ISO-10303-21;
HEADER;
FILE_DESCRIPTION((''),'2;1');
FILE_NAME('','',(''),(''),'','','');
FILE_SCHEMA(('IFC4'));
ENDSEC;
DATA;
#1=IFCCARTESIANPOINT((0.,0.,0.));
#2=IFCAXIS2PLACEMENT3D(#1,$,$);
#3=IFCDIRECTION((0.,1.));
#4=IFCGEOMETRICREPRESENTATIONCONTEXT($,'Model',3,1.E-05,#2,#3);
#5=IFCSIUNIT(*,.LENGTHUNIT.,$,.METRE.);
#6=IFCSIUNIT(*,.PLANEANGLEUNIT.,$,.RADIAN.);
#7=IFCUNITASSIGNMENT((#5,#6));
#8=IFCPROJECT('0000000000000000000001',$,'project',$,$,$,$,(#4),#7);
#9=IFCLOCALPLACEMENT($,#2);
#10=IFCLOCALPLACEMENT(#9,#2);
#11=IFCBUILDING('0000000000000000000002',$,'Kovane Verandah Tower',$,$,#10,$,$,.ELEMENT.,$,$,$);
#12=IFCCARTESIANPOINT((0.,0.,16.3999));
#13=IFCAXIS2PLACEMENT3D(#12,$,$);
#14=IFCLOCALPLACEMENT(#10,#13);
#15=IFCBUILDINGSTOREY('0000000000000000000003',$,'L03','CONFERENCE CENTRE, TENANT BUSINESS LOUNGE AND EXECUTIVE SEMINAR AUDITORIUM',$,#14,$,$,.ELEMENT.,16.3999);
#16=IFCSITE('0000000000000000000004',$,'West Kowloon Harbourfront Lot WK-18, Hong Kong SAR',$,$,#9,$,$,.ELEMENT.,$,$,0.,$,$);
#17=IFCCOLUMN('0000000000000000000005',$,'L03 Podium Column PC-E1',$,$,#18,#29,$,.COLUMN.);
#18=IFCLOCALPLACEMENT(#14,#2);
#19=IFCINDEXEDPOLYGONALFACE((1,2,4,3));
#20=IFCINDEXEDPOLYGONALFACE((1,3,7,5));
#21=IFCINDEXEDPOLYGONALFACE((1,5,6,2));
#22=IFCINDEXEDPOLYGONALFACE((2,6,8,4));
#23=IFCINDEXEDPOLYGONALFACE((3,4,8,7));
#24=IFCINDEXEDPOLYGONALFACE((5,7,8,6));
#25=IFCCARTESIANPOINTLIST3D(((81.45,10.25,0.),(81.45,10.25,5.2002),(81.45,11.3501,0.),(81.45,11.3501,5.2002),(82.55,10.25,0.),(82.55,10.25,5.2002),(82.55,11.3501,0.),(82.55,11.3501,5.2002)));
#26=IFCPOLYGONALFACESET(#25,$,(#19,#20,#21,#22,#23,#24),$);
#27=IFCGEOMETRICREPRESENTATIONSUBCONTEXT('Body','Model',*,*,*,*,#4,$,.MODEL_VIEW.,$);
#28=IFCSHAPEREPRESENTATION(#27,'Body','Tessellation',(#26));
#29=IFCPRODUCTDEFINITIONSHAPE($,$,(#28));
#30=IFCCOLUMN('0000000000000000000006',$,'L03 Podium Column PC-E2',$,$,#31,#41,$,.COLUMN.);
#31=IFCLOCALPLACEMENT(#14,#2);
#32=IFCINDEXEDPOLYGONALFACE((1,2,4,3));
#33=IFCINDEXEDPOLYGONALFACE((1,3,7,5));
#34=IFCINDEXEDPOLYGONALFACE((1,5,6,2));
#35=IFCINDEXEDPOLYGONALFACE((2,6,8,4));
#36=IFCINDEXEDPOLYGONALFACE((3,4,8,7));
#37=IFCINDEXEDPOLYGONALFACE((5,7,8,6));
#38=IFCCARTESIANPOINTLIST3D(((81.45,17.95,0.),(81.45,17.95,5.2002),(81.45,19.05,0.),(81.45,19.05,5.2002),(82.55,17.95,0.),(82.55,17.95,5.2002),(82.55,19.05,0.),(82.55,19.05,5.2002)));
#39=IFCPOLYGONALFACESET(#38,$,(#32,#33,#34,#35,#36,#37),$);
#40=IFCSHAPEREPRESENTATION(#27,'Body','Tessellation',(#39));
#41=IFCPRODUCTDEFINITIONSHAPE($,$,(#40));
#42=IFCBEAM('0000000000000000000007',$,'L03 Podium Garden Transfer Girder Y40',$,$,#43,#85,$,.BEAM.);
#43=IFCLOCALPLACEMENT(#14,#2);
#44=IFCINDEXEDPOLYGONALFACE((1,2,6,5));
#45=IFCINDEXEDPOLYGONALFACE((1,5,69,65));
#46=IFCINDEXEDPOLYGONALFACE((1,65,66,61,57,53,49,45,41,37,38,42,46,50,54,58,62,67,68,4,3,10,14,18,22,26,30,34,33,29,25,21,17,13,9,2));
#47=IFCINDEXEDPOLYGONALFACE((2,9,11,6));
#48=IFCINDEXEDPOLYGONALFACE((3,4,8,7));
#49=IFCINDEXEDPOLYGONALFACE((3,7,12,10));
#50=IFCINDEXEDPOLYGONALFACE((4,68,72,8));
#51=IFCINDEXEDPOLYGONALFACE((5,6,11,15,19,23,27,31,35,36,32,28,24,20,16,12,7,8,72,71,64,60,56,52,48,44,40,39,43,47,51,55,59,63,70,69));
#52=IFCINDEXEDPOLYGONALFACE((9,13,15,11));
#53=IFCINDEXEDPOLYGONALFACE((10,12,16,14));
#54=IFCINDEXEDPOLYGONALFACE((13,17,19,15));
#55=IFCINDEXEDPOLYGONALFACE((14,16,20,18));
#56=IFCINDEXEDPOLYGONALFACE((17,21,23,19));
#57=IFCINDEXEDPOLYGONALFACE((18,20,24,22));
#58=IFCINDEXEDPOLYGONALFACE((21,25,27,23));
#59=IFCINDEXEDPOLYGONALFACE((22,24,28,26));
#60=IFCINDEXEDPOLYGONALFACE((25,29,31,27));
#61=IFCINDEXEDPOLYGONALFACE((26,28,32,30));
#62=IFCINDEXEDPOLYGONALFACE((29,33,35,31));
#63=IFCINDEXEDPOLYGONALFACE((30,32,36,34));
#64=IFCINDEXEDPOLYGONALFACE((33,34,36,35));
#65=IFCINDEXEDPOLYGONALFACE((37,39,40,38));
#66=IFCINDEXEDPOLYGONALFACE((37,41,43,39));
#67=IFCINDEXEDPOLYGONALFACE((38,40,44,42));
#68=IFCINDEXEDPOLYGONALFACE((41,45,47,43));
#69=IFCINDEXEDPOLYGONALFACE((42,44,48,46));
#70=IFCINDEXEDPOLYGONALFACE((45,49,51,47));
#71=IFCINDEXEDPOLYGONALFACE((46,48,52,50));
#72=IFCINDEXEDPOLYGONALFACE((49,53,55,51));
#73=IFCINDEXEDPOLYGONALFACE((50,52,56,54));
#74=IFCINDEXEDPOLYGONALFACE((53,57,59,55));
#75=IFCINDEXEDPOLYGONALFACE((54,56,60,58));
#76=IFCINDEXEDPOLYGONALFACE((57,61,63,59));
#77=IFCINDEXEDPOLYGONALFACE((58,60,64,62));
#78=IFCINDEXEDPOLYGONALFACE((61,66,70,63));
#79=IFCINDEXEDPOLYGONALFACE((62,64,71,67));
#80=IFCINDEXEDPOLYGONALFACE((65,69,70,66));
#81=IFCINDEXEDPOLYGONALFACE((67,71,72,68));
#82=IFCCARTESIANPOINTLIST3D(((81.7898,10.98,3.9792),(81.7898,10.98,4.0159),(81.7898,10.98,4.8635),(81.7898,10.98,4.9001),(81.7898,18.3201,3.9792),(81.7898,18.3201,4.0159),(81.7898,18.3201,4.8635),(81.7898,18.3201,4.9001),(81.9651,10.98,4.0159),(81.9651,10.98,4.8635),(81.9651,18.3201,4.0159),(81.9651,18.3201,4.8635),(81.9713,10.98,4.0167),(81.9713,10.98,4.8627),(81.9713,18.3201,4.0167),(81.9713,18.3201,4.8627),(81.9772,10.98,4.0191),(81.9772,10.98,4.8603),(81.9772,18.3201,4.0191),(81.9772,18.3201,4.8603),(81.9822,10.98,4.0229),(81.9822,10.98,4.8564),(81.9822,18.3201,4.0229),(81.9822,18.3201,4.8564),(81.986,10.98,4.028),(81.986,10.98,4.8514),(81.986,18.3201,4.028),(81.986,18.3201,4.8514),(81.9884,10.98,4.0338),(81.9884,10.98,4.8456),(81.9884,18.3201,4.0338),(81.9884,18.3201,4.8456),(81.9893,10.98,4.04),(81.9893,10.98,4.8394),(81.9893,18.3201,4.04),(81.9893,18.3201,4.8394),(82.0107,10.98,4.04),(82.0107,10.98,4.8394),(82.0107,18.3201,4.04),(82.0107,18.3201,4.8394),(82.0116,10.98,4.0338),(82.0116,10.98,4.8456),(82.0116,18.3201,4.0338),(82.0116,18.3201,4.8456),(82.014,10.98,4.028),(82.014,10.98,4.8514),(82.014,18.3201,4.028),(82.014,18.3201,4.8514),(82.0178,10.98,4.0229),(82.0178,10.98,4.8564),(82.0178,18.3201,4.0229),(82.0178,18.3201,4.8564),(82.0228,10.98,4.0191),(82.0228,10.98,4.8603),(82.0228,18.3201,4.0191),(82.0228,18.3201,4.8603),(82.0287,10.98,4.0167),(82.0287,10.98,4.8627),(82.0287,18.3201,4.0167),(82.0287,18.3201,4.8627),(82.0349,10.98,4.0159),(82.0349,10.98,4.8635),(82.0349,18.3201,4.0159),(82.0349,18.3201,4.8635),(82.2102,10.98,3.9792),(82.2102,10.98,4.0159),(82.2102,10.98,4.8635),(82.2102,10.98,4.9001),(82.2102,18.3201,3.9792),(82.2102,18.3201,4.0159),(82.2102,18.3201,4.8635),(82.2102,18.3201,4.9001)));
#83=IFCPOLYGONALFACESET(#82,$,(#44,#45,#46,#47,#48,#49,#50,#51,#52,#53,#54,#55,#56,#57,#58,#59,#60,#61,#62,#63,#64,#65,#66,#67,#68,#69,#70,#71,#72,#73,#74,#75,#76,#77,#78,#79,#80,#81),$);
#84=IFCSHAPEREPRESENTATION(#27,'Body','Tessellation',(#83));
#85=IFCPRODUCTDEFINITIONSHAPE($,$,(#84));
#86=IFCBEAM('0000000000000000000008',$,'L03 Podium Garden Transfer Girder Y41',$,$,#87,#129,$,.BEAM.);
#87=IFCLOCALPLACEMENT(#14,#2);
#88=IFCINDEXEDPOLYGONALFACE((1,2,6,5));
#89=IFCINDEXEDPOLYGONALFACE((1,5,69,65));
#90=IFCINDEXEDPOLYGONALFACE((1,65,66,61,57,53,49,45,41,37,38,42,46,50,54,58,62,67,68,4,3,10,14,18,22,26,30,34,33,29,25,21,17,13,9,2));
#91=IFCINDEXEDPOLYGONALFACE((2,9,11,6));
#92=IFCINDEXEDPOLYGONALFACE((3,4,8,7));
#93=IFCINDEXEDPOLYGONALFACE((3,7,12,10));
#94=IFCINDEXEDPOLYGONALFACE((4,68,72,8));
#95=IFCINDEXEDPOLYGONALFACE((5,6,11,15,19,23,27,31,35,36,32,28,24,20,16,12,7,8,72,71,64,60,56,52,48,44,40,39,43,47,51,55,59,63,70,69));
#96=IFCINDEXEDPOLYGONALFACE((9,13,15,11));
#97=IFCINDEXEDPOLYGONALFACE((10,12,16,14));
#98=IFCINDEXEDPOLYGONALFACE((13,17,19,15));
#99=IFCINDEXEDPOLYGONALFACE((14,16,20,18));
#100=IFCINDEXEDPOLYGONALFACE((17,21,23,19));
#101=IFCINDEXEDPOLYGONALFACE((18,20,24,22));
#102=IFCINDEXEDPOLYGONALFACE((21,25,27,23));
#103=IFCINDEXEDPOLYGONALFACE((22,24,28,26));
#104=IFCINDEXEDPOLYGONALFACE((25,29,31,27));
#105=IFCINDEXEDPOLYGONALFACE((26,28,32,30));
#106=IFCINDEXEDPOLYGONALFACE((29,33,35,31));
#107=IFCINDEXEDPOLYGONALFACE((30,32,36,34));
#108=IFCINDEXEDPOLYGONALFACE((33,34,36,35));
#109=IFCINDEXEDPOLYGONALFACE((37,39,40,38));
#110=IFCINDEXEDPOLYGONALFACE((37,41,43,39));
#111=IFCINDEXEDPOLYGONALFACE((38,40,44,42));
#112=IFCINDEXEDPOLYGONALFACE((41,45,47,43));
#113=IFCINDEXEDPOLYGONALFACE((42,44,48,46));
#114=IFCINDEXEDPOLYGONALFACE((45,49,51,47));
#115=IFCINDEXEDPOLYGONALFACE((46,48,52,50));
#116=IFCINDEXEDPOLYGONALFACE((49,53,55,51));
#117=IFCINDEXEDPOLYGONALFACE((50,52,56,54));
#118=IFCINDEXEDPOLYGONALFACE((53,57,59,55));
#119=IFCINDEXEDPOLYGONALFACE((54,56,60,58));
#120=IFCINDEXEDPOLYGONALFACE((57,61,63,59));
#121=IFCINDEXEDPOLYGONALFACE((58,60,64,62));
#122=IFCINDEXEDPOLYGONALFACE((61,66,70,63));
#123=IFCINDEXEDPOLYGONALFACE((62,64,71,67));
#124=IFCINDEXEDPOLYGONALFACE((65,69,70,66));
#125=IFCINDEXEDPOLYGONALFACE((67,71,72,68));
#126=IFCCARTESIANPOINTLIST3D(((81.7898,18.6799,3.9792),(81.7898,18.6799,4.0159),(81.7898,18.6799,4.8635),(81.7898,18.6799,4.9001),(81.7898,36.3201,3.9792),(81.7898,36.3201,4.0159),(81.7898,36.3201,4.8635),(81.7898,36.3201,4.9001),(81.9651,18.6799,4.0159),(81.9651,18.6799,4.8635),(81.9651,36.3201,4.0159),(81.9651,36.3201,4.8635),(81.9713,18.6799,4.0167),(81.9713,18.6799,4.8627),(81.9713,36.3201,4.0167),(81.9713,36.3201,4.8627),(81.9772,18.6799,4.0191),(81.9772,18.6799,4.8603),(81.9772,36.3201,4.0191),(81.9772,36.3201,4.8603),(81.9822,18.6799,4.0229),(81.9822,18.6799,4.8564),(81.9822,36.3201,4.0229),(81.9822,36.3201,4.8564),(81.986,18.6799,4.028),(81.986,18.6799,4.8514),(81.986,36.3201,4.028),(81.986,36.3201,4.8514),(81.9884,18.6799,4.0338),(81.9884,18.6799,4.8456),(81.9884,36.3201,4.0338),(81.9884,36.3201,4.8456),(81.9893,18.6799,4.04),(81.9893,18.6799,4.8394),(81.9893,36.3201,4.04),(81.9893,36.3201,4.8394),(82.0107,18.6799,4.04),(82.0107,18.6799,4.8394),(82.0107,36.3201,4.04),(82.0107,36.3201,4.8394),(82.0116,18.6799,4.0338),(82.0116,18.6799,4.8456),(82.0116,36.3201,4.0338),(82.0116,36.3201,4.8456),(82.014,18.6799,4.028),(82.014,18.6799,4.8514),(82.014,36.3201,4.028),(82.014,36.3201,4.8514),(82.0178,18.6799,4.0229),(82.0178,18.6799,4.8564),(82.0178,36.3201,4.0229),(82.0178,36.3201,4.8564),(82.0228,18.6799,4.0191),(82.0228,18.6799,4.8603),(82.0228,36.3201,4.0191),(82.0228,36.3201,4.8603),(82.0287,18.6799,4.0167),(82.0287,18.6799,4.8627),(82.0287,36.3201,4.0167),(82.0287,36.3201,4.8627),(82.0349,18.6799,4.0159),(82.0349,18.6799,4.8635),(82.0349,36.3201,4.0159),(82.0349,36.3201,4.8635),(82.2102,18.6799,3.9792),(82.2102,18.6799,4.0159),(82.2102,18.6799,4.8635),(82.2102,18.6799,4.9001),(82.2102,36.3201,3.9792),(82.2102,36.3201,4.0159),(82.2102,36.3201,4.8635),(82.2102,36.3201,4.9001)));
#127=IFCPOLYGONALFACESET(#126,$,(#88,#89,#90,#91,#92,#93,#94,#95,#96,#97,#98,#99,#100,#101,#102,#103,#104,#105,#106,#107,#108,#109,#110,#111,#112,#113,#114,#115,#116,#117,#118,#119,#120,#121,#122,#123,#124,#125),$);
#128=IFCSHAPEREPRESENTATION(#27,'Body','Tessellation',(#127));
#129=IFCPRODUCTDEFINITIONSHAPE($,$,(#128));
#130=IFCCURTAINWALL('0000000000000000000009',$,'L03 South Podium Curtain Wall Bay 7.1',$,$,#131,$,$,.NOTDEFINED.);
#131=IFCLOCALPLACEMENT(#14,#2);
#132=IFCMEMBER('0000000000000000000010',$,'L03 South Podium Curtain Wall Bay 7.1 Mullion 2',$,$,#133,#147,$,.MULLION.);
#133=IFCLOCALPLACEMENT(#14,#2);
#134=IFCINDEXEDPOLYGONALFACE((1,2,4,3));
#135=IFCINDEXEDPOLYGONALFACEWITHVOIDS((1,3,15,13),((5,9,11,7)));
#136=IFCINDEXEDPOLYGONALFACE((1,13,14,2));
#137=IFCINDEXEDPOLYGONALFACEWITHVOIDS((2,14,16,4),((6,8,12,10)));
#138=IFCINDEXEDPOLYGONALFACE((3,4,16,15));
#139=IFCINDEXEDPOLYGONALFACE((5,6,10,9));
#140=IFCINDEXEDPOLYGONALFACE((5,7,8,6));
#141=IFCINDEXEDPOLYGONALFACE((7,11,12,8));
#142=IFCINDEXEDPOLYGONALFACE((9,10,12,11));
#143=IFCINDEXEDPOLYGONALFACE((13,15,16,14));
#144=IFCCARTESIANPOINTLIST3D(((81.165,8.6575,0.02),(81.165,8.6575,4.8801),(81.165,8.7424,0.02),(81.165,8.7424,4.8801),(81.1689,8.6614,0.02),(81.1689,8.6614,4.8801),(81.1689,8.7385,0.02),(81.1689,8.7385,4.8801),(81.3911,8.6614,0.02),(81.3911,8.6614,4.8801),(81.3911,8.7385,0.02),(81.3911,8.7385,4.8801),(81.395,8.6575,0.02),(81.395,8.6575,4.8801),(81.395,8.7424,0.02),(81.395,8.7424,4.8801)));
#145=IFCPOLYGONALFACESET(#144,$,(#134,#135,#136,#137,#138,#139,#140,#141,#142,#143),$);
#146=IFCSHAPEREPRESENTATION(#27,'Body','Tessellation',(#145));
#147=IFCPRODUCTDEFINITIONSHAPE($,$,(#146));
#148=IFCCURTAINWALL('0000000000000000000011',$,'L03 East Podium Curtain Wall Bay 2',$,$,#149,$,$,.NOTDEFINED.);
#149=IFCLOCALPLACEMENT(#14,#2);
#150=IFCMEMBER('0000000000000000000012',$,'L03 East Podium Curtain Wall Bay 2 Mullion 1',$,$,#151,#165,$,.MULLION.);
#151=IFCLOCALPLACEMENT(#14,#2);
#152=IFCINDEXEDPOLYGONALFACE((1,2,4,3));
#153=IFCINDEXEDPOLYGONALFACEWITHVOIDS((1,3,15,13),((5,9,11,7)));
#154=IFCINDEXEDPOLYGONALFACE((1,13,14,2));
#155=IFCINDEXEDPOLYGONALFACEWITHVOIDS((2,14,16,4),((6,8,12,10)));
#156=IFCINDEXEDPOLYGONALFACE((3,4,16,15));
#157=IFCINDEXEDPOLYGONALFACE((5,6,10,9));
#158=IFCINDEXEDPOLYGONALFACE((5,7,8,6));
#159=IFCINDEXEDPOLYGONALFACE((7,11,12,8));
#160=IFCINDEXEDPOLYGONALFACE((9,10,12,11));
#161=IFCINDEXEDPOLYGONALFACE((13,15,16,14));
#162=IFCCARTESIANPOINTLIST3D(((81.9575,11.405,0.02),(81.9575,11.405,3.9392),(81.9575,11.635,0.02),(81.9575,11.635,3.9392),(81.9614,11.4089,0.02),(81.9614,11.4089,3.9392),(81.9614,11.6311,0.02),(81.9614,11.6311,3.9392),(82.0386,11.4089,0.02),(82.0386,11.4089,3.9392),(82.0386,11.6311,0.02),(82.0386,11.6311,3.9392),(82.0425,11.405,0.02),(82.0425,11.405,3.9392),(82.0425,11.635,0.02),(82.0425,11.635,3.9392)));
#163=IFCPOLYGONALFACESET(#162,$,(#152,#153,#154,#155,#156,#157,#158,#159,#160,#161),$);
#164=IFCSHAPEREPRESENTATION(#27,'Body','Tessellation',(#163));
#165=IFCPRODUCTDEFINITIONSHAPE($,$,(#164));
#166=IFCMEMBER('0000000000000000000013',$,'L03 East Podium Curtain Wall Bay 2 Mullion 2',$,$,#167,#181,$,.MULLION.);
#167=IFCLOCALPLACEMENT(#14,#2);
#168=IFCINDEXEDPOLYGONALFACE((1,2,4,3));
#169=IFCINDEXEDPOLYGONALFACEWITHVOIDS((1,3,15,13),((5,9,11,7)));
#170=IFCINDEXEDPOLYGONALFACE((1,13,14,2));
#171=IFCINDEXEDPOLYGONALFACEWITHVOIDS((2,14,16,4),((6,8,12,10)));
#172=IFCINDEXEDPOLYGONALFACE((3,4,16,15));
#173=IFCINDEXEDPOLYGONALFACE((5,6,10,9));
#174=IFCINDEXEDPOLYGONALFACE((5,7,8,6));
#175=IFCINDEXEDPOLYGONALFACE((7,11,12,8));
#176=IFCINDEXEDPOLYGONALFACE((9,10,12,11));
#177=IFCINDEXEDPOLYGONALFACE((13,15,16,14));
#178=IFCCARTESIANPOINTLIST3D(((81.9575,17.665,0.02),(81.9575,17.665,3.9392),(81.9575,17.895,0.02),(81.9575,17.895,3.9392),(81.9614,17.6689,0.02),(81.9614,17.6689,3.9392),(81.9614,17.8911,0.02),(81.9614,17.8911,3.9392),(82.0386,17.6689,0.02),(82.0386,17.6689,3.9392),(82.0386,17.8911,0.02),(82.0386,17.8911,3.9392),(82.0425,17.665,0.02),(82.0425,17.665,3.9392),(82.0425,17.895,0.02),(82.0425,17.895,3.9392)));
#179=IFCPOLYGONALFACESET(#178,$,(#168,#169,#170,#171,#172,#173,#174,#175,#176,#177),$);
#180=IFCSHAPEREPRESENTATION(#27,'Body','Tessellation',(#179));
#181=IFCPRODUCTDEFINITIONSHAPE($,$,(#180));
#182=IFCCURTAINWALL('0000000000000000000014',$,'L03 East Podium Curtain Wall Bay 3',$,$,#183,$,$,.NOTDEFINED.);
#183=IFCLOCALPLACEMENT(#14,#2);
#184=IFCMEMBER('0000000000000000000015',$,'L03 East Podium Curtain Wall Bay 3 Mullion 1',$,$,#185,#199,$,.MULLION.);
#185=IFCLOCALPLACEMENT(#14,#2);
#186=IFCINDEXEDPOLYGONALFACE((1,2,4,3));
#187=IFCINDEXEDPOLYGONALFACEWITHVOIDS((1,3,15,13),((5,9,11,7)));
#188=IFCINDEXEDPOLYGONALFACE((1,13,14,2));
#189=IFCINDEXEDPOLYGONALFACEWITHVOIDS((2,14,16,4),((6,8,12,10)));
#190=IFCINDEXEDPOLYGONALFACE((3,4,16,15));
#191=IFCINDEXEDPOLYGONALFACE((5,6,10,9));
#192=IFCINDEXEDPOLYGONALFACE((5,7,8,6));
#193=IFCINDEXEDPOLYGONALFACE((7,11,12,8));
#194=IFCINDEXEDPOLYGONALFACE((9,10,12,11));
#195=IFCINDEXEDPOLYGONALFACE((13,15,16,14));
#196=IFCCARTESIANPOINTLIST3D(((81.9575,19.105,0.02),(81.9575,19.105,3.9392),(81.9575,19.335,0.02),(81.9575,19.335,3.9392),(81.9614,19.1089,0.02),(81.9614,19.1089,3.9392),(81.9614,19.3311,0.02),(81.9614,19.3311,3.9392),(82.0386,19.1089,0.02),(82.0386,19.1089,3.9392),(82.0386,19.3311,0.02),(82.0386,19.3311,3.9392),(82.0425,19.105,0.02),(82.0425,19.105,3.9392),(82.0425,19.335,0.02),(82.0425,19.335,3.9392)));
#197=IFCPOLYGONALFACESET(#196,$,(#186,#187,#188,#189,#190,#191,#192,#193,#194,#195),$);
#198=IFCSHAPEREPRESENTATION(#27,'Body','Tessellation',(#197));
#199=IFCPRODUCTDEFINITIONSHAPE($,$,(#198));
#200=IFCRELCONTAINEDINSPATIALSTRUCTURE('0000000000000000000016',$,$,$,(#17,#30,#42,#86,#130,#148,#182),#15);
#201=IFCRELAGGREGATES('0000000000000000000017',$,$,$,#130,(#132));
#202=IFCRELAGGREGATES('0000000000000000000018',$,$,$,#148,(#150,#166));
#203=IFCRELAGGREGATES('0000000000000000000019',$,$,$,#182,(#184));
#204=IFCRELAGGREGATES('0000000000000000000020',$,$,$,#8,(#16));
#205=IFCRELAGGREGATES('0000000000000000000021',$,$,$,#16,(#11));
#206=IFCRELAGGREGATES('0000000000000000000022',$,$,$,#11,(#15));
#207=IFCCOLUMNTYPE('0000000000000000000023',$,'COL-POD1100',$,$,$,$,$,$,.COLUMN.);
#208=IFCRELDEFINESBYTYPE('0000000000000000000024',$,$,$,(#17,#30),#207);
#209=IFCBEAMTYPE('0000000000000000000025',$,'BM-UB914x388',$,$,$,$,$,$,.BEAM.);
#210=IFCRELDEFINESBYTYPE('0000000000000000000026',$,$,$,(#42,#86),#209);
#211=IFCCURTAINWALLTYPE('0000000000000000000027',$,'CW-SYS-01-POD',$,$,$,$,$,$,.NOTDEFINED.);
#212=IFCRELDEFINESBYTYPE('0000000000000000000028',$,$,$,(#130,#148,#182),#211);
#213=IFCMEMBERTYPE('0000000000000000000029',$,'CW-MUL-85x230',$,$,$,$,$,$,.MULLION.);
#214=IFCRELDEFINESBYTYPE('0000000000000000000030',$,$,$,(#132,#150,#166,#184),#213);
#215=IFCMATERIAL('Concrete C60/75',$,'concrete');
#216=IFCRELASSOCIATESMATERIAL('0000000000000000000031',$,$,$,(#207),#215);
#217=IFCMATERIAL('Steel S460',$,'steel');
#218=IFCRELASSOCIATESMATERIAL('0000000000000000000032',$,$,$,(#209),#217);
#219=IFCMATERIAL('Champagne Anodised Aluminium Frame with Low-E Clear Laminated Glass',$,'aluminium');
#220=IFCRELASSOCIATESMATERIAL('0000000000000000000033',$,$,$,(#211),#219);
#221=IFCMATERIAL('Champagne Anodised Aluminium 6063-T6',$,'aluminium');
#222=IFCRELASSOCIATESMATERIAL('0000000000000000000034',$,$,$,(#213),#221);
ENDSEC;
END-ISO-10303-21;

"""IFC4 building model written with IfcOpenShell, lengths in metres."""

from ifc_helpers import new_model, si_unit, direction, frame, origin, origin_2d, place, context, subcontext, project, spatial, rectangle, hollow_rectangle, i_section, extrude, material, material_profile, profile_set, type_object, element, aggregate, save


model = new_model("IFC4")

# Units and contexts
model_context = context("Model", 3, precision=1e-05, world=origin(), true_north=direction((0.0, 1.0)))
body_context = subcontext(model_context, "Body", "Model", "MODEL_VIEW")
ifc_project = project(units=[si_unit("LENGTHUNIT", "METRE"), si_unit("PLANEANGLEUNIT", "RADIAN")], contexts=[model_context])

# Site, building, storey
site_placement = place(None, origin())
site = spatial("IfcSite", under=ifc_project, at=site_placement, Name="West Kowloon Harbourfront Lot WK-18, Hong Kong SAR", CompositionType="ELEMENT", RefElevation=0.0)
building_placement = place(site_placement, origin())
building = spatial("IfcBuilding", under=site, at=building_placement, Name="Kovane Verandah Tower", CompositionType="ELEMENT")
storey_placement = place(building_placement, frame((0.0, 0.0, 16.3999)))
storey = spatial("IfcBuildingStorey", under=building, at=storey_placement, Name="L03", Description="CONFERENCE CENTRE, TENANT BUSINESS LOUNGE AND EXECUTIVE SEMINAR AUDITORIUM", CompositionType="ELEMENT", Elevation=16.3999)

# Columns
ifc_material_1 = material(Name="Concrete C60/75", Category="concrete")
ifc_material_profile_1 = material_profile(ifc_material_1, rectangle(XDim=1.1001, YDim=1.1001, at=origin_2d()), Name="RC1100x1100")
ifc_profile_set_1 = profile_set([ifc_material_profile_1], Name="Concrete C60/75")
column_type = type_object("IfcColumnType", Name="COL-POD1100", PredefinedType="COLUMN", material=ifc_profile_set_1)
for number, where, z_axis, x_axis, name in (
    (1, (82.0, 10.8, 0.0), (0.0, 0.0, 1.0), (1.0, 0.0, 0.0), "L03 Podium Column PC-E1"),
    (2, (82.0, 18.5, 0.0), (0.0, 0.0, 1.0), (1.0, 0.0, 0.0), "L03 Podium Column PC-E2"),
):
    element("IfcColumn", number, at=place(storey_placement, frame(where, z_axis=z_axis, x_axis=x_axis)), inside=storey, type_object=column_type, Name=name, PredefinedType="COLUMN", context=body_context, shape_type="SweptSolid", body=[
        extrude(rectangle(XDim=1.1001, YDim=1.1001, at=origin_2d()), origin(), (0.0, 0.0, 1.0), 5.2002),
    ])

# Beams
ifc_material_2 = material(Name="Steel S460", Category="steel")
ifc_material_profile_2 = material_profile(ifc_material_2, i_section(OverallWidth=0.4204, OverallDepth=0.9209, WebThickness=0.0215, FlangeThickness=0.0366, FilletRadius=0.0242, at=origin_2d()), Name="UB914x419x388")
ifc_profile_set_2 = profile_set([ifc_material_profile_2], Name="Steel S460")
beam_type = type_object("IfcBeamType", Name="BM-UB914x388", PredefinedType="BEAM", material=ifc_profile_set_2)
beam_1_placement = place(storey_placement, frame((82.0, 10.98, 4.4397), z_axis=(0.0, 1.0, 0.0), x_axis=(-1.0, 0.0, 0.0)))
element("IfcBeam", 3, at=beam_1_placement, inside=storey, type_object=beam_type, Name="L03 Podium Garden Transfer Girder Y40", PredefinedType="BEAM", context=body_context, shape_type="SweptSolid", body=[
    extrude(i_section(OverallWidth=0.4204, OverallDepth=0.9209, WebThickness=0.0215, FlangeThickness=0.0366, FilletRadius=0.0242, at=origin_2d()), origin(), (0.0, 0.0, 1.0), 7.3401),
])
beam_2_placement = place(storey_placement, frame((82.0, 18.6799, 4.4397), z_axis=(0.0, 1.0, 0.0), x_axis=(-1.0, 0.0, 0.0)))
element("IfcBeam", 4, at=beam_2_placement, inside=storey, type_object=beam_type, Name="L03 Podium Garden Transfer Girder Y41", PredefinedType="BEAM", context=body_context, shape_type="SweptSolid", body=[
    extrude(i_section(OverallWidth=0.4204, OverallDepth=0.9209, WebThickness=0.0215, FlangeThickness=0.0366, FilletRadius=0.0242, at=origin_2d()), origin(), (0.0, 0.0, 1.0), 17.6401),
])

# Curtain wall, member
ifc_material_3 = material(Name="Champagne Anodised Aluminium Frame with Low-E Clear Laminated Glass", Category="aluminium")
curtain_wall_type = type_object("IfcCurtainWallType", Name="CW-SYS-01-POD", PredefinedType="NOTDEFINED", material=ifc_material_3)
curtain_wall_1_placement = place(storey_placement, origin())
curtain_wall_1 = element("IfcCurtainWall", 5, at=curtain_wall_1_placement, inside=storey, type_object=curtain_wall_type, Name="L03 South Podium Curtain Wall Bay 7.1", PredefinedType="NOTDEFINED")
ifc_material_4 = material(Name="Champagne Anodised Aluminium 6063-T6", Category="aluminium")
ifc_material_profile_3 = material_profile(ifc_material_4, hollow_rectangle(XDim=0.085, YDim=0.23, WallThickness=0.0039, at=origin_2d()), Name="AL85x230x4")
ifc_profile_set_3 = profile_set([ifc_material_profile_3], Name="Champagne Anodised Aluminium 6063-T6")
member_type_1 = type_object("IfcMemberType", Name="CW-MUL-85x230", PredefinedType="MULLION", material=ifc_profile_set_3)
member_1_placement = place(storey_placement, frame((81.28, 8.7, 0.02), z_axis=(0.0, 0.0, 1.0), x_axis=(0.0, -1.0, 0.0)))
member_1 = element("IfcMember", 6, at=member_1_placement, type_object=member_type_1, Name="L03 South Podium Curtain Wall Bay 7.1 Mullion 2", PredefinedType="MULLION", context=body_context, shape_type="SweptSolid", body=[
    extrude(hollow_rectangle(XDim=0.085, YDim=0.23, WallThickness=0.0039, at=origin_2d()), origin(), (0.0, 0.0, 1.0), 4.8601),
])

# Curtain walls, members
curtain_wall_2_placement = place(storey_placement, origin())
curtain_wall_2 = element("IfcCurtainWall", 7, at=curtain_wall_2_placement, inside=storey, type_object=curtain_wall_type, Name="L03 East Podium Curtain Wall Bay 2", PredefinedType="NOTDEFINED")
member_2_placement = place(storey_placement, frame((82.0, 11.52, 0.02), z_axis=(0.0, 0.0, 1.0), x_axis=(1.0, 0.0, 0.0)))
member_2 = element("IfcMember", 8, at=member_2_placement, type_object=member_type_1, Name="L03 East Podium Curtain Wall Bay 2 Mullion 1", PredefinedType="MULLION", context=body_context, shape_type="SweptSolid", body=[
    extrude(hollow_rectangle(XDim=0.085, YDim=0.23, WallThickness=0.0039, at=origin_2d()), origin(), (0.0, 0.0, 1.0), 3.9192),
])
member_3_placement = place(storey_placement, frame((82.0, 17.78, 0.02), z_axis=(0.0, 0.0, 1.0), x_axis=(1.0, 0.0, 0.0)))
member_3 = element("IfcMember", 9, at=member_3_placement, type_object=member_type_1, Name="L03 East Podium Curtain Wall Bay 2 Mullion 2", PredefinedType="MULLION", context=body_context, shape_type="SweptSolid", body=[
    extrude(hollow_rectangle(XDim=0.085, YDim=0.23, WallThickness=0.0039, at=origin_2d()), origin(), (0.0, 0.0, 1.0), 3.9192),
])
curtain_wall_3_placement = place(storey_placement, origin())
curtain_wall_3 = element("IfcCurtainWall", 10, at=curtain_wall_3_placement, inside=storey, type_object=curtain_wall_type, Name="L03 East Podium Curtain Wall Bay 3", PredefinedType="NOTDEFINED")
member_4_placement = place(storey_placement, frame((82.0, 19.22, 0.02), z_axis=(0.0, 0.0, 1.0), x_axis=(1.0, 0.0, 0.0)))
member_4 = element("IfcMember", 11, at=member_4_placement, type_object=member_type_1, Name="L03 East Podium Curtain Wall Bay 3 Mullion 1", PredefinedType="MULLION", context=body_context, shape_type="SweptSolid", body=[
    extrude(hollow_rectangle(XDim=0.085, YDim=0.23, WallThickness=0.0039, at=origin_2d()), origin(), (0.0, 0.0, 1.0), 3.9192),
])

aggregate(curtain_wall_1, [member_1])
aggregate(curtain_wall_2, [member_2, member_3])
aggregate(curtain_wall_3, [member_4])

save(model, "model.ifc")
